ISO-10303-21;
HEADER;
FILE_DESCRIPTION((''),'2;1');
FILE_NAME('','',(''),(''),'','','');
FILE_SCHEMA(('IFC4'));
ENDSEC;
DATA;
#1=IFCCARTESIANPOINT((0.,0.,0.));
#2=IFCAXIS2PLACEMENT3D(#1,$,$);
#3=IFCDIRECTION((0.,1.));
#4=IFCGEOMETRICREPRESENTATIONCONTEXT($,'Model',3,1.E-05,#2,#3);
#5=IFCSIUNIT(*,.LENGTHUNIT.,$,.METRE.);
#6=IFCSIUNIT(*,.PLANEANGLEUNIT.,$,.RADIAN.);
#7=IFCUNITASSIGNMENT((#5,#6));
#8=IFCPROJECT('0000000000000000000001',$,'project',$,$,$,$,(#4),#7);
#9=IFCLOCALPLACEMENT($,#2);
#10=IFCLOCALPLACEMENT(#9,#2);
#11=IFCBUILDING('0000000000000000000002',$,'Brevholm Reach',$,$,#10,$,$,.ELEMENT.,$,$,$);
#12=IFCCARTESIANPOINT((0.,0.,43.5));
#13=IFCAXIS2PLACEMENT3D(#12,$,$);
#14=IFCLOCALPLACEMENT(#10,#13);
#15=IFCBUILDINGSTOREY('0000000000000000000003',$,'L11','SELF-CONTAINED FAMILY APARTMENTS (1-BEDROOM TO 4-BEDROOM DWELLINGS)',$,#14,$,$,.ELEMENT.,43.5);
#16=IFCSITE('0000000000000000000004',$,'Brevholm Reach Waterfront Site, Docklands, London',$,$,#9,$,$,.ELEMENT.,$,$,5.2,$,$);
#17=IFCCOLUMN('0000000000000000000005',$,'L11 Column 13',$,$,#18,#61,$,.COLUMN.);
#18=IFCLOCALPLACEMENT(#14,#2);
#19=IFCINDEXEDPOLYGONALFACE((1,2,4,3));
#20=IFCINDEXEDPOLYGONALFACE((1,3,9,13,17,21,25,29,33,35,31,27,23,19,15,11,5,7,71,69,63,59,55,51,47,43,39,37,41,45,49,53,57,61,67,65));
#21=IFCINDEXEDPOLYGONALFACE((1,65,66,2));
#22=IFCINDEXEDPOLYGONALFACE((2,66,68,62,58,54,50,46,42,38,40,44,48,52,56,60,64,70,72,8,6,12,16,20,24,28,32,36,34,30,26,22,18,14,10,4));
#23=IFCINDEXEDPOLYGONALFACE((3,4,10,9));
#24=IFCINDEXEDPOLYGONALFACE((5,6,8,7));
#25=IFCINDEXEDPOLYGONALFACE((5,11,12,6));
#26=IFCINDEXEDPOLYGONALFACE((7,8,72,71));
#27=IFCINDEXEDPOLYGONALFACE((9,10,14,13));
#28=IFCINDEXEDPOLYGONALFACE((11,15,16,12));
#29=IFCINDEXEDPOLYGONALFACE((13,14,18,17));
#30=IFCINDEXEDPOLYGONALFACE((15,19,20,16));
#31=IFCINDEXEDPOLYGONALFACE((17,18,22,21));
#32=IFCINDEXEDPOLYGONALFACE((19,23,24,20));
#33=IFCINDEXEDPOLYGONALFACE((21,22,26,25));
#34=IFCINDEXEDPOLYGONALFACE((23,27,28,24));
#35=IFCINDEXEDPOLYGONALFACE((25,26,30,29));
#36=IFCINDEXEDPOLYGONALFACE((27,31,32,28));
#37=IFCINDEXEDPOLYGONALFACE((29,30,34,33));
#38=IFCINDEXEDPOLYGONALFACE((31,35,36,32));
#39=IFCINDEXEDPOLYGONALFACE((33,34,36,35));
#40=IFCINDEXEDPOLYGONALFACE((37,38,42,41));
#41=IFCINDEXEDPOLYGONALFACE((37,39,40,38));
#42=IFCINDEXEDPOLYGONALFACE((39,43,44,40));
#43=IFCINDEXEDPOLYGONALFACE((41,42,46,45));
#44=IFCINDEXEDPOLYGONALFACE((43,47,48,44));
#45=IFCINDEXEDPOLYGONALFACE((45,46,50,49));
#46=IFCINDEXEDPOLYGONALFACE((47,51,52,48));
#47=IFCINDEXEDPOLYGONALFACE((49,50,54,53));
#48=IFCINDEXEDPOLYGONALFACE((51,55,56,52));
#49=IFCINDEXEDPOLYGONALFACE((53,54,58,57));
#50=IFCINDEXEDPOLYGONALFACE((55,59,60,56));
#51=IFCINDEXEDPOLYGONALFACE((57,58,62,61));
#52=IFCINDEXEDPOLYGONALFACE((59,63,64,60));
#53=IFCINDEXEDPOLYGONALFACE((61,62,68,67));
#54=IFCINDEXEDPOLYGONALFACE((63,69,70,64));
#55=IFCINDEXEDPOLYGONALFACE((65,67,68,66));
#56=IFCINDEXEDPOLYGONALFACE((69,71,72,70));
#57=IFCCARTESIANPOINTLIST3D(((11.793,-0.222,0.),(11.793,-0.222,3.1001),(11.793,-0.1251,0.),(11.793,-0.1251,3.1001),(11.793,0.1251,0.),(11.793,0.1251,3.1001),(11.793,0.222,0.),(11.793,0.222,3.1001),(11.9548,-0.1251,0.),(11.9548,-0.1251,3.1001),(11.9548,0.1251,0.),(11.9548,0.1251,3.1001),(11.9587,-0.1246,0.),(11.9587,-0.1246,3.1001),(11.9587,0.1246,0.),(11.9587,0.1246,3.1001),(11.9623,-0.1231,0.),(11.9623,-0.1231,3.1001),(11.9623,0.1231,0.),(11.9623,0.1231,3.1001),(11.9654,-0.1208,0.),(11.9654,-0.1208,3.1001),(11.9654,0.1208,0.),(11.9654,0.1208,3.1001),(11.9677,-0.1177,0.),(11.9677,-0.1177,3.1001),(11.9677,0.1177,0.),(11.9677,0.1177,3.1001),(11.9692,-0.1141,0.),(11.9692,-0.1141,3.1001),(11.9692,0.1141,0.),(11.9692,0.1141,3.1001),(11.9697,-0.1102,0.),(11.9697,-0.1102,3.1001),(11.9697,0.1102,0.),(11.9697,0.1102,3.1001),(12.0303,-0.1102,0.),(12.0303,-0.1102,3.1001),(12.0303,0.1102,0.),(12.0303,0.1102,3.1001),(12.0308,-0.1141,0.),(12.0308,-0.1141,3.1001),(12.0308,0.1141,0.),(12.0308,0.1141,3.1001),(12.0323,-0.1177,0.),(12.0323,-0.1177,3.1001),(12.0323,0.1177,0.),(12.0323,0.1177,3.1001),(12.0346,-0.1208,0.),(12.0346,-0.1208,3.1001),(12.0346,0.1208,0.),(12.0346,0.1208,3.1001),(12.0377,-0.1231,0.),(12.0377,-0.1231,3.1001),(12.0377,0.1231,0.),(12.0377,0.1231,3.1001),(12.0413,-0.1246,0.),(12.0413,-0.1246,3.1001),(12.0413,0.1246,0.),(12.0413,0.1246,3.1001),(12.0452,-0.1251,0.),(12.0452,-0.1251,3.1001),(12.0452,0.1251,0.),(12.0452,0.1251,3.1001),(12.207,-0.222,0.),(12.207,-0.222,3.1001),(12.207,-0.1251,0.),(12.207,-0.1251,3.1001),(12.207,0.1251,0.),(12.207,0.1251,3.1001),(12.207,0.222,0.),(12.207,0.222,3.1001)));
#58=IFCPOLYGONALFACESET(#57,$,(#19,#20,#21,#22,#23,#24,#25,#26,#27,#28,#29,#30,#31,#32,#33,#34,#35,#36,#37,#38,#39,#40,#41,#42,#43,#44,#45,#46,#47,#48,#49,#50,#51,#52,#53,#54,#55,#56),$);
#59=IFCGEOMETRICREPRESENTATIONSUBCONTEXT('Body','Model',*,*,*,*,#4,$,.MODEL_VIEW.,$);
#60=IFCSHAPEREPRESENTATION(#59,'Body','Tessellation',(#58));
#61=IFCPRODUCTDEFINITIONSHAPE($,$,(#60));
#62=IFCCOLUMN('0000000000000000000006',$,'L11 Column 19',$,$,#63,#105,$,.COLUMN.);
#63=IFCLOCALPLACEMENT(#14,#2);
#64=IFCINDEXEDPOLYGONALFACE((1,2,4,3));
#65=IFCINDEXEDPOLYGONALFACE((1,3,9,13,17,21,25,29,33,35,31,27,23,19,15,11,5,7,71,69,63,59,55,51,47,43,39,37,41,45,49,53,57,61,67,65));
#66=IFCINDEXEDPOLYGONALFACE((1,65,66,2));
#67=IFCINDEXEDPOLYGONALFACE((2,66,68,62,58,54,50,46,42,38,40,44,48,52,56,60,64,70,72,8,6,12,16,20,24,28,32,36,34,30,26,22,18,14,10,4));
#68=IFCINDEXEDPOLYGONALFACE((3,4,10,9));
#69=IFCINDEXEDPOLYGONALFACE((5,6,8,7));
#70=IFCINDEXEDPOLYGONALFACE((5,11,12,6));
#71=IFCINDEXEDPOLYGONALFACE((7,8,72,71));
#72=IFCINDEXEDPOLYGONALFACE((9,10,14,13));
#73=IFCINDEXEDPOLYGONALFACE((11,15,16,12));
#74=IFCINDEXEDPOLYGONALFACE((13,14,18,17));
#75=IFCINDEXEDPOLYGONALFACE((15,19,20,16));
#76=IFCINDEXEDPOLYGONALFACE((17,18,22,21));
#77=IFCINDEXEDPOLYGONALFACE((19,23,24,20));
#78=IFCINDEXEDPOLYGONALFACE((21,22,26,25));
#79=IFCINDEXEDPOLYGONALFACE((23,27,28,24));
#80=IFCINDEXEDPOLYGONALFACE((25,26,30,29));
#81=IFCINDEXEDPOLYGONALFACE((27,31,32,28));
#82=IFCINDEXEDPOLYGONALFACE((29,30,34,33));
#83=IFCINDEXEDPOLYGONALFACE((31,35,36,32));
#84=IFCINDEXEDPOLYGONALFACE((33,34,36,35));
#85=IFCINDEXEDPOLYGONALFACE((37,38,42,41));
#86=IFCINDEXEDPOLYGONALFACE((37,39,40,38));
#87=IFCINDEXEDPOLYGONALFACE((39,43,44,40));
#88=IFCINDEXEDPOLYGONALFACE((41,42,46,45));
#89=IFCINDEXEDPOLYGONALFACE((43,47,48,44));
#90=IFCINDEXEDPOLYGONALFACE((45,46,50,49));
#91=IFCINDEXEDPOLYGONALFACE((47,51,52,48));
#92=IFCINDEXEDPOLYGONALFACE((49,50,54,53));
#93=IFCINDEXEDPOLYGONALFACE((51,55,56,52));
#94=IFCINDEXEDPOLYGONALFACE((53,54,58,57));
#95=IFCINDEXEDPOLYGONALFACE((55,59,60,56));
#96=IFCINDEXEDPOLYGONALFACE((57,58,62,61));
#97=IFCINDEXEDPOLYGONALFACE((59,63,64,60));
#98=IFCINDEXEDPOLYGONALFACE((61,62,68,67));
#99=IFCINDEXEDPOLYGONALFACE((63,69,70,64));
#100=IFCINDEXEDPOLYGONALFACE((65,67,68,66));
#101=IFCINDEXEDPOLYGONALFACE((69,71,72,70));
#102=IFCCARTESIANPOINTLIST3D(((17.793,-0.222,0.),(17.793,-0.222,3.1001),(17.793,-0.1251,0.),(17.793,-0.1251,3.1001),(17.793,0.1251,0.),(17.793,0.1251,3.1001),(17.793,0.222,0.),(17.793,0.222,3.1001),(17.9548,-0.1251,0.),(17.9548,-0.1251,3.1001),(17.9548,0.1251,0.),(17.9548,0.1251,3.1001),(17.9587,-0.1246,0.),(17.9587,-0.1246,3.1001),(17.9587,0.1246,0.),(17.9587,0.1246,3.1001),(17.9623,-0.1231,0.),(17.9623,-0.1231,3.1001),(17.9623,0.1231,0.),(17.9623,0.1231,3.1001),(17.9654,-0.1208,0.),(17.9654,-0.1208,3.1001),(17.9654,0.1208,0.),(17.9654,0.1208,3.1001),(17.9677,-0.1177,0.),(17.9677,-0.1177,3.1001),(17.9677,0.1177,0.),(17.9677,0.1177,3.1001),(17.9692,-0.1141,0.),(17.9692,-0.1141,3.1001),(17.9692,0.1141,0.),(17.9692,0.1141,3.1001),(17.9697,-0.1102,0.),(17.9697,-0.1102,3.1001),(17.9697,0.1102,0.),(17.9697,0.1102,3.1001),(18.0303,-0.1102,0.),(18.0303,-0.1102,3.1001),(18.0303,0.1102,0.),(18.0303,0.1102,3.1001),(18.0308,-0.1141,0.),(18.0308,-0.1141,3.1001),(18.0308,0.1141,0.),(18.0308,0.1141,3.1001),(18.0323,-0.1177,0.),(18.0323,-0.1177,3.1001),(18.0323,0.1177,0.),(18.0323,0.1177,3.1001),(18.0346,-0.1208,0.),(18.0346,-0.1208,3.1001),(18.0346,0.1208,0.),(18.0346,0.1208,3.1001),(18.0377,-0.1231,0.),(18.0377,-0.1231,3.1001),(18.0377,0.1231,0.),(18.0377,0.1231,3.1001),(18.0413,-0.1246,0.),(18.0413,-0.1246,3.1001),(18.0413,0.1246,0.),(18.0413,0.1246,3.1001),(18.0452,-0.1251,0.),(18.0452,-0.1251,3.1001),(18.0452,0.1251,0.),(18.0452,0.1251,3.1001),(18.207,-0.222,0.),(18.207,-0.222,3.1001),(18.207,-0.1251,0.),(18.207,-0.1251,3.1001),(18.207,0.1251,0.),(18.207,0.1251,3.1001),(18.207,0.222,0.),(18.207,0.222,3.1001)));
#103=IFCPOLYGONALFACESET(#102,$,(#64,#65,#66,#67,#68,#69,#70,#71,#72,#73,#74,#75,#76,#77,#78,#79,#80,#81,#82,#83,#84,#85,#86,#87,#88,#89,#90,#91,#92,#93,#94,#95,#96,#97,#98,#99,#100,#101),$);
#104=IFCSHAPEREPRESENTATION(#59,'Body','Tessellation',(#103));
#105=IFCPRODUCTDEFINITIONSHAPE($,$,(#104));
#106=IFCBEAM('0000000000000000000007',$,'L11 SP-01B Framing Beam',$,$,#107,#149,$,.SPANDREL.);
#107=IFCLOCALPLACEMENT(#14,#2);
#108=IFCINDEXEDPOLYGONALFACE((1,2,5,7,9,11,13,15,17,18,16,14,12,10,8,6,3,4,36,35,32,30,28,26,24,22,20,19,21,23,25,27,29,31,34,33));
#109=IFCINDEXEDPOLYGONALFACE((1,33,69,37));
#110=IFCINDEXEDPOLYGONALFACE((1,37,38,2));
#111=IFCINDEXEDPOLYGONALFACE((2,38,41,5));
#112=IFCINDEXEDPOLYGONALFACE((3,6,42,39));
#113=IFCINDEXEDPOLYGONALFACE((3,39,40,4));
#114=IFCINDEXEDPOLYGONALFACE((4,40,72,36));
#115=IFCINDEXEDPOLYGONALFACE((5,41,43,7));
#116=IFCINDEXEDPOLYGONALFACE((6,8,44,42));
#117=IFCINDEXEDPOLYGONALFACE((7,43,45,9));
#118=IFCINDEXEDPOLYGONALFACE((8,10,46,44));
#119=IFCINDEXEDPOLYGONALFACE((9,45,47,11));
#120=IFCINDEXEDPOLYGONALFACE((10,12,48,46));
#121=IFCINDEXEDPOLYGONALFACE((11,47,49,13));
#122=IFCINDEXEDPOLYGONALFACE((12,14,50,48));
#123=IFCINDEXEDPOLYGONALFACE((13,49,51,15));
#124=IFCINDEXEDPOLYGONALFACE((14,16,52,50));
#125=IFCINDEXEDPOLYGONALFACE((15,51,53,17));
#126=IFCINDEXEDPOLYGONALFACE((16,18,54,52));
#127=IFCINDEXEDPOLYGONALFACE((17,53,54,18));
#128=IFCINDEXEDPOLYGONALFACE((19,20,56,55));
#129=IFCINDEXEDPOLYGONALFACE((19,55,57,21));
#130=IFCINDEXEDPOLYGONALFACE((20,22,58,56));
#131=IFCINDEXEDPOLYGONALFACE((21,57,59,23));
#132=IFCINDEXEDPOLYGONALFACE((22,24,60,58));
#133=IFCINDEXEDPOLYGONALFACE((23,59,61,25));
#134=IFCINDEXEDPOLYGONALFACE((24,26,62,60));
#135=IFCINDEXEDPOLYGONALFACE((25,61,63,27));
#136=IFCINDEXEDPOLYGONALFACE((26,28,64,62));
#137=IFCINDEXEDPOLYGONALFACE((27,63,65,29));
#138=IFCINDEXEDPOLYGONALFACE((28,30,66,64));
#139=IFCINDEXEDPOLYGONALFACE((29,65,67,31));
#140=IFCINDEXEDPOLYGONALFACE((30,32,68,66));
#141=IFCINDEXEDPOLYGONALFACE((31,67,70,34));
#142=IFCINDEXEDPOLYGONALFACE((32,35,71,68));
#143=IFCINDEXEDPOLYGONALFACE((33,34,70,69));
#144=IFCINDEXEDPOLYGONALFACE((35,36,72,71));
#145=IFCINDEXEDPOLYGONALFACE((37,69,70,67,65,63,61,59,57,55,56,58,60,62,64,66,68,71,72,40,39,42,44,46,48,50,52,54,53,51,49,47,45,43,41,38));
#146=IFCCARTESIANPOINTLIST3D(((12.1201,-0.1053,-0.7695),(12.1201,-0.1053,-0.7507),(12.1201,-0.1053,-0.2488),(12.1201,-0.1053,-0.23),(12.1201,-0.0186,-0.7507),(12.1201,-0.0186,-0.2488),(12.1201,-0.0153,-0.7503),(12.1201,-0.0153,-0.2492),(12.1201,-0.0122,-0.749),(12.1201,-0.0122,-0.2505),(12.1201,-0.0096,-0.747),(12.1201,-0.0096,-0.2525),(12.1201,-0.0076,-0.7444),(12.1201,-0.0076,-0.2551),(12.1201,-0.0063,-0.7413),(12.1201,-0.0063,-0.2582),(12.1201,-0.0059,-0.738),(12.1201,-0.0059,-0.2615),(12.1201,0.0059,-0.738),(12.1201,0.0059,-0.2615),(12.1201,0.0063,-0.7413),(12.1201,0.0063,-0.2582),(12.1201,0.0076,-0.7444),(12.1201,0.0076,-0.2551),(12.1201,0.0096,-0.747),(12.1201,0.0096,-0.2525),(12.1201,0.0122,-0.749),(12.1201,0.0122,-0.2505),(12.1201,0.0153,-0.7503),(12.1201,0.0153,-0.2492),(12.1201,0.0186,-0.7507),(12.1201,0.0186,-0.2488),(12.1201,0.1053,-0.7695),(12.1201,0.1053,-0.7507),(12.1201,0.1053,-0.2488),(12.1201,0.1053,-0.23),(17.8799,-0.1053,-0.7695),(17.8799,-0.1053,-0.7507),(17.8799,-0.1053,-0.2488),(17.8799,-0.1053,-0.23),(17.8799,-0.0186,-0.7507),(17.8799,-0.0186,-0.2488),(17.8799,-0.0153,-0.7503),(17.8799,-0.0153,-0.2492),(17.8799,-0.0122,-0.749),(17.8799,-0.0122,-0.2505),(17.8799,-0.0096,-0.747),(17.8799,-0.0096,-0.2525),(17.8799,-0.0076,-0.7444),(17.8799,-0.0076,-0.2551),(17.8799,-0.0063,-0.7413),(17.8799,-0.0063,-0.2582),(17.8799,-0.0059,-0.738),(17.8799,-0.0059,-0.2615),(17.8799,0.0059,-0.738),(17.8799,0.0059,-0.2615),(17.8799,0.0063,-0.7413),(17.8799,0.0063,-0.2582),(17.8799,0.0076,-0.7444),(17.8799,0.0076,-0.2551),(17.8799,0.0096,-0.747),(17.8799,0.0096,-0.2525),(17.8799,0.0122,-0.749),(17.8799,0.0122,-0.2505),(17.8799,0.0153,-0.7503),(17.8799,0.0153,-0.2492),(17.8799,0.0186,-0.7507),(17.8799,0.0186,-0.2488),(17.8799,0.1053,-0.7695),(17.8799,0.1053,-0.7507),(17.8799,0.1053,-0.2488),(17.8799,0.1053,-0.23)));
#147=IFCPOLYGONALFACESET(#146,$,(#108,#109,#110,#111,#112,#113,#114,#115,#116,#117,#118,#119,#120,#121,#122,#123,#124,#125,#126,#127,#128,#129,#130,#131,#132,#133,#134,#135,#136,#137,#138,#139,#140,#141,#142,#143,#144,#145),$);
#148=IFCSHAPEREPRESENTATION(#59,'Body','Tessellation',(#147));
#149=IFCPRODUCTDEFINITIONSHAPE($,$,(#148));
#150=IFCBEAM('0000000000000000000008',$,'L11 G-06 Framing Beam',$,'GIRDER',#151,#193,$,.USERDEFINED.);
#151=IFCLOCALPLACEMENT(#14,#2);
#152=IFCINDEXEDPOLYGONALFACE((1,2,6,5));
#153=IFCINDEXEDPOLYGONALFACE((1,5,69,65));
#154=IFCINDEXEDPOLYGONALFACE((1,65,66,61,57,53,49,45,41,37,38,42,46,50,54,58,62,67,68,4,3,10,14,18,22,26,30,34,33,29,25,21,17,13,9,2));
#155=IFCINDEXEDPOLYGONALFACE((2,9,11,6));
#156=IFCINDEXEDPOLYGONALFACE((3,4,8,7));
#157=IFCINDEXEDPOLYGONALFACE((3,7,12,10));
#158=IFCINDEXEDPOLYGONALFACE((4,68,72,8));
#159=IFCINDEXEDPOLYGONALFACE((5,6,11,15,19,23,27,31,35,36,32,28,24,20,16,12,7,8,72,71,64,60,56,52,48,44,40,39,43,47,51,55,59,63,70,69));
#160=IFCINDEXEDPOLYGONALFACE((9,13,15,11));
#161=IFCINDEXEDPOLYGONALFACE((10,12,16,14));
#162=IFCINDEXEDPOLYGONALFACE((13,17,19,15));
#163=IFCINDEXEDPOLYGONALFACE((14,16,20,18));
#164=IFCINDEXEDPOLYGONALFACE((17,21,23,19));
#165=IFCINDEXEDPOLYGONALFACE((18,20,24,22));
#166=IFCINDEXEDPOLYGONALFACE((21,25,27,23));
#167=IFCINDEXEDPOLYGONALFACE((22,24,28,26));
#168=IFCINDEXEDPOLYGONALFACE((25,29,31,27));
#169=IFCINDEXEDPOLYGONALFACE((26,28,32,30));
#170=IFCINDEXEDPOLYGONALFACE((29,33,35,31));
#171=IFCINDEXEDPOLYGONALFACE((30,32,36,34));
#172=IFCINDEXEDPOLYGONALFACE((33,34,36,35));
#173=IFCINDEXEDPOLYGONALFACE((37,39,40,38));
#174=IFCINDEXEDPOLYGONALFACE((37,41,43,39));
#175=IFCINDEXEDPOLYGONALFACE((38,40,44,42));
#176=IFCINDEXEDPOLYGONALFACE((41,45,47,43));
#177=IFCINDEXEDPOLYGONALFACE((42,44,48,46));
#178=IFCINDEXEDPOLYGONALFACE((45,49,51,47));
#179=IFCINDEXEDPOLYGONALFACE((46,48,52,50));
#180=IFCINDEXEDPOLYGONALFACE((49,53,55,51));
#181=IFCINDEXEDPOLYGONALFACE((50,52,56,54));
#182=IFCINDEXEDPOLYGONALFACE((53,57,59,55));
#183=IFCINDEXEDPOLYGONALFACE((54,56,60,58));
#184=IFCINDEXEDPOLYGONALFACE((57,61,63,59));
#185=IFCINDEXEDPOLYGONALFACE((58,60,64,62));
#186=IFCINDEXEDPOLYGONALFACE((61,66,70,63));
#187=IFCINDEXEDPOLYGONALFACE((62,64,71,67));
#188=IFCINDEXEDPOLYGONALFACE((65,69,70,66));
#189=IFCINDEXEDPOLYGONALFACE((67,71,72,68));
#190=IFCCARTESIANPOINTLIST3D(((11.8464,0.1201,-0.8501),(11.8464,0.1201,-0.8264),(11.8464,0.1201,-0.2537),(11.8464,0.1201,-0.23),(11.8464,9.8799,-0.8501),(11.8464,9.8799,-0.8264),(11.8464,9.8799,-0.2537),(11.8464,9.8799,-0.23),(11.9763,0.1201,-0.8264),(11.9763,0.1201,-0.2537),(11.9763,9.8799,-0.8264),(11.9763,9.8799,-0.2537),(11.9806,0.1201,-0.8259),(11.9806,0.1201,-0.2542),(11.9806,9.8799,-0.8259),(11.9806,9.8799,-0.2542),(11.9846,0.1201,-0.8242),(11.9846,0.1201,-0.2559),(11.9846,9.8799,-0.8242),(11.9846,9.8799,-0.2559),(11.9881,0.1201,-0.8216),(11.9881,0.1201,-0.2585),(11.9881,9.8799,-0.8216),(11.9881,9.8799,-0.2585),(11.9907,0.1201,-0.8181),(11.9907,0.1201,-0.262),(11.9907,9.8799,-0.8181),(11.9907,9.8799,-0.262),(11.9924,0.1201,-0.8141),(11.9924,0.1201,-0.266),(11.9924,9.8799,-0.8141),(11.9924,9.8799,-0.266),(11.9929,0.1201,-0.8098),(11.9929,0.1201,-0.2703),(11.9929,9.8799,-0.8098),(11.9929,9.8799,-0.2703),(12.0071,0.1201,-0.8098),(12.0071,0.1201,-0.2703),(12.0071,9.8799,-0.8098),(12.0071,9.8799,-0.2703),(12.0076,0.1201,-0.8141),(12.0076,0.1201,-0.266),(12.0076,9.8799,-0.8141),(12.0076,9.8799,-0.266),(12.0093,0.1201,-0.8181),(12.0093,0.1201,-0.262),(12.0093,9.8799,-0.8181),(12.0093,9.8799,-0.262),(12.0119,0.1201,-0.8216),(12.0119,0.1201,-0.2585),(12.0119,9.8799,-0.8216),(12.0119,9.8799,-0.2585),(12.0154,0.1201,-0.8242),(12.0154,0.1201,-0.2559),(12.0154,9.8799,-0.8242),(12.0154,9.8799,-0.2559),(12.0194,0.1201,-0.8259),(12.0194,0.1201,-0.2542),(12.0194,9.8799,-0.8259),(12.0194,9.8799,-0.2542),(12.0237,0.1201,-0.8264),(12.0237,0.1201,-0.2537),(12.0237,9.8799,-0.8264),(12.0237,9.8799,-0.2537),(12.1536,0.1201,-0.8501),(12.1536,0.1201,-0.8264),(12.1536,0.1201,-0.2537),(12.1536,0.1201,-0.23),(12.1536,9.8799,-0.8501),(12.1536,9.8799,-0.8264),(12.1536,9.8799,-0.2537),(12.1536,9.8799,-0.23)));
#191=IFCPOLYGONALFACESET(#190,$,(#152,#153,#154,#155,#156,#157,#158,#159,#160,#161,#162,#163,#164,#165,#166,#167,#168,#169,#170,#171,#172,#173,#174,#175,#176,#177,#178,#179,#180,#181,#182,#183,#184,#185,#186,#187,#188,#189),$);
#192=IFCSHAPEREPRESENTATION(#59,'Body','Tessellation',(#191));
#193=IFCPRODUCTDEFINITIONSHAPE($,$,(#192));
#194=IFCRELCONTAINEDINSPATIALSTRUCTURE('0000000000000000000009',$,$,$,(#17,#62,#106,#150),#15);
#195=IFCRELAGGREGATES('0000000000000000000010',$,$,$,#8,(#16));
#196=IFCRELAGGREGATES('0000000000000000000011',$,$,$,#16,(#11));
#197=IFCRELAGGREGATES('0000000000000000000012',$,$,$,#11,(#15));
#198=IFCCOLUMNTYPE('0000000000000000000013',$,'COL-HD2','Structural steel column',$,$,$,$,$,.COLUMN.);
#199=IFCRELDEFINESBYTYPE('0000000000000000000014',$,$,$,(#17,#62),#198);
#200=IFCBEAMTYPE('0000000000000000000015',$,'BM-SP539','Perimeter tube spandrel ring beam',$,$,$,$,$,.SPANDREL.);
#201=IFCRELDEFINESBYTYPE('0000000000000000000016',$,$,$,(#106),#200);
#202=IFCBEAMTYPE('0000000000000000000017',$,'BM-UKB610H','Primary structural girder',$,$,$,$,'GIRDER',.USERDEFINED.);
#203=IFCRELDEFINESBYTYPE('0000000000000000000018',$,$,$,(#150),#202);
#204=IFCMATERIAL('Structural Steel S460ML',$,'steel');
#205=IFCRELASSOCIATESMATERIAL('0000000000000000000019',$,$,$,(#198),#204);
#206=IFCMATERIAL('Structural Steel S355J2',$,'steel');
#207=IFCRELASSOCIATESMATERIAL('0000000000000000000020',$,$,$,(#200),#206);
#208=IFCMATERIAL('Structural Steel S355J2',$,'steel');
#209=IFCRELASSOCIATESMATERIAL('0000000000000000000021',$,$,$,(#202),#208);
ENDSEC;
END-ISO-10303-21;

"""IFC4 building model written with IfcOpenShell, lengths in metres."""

from ifc_helpers import new_model, si_unit, direction, frame, origin, origin_2d, place, context, subcontext, project, spatial, i_section, extrude, material, material_profile, profile_set, type_object, element, save


model = new_model("IFC4")

# Units and contexts
model_context = context("Model", 3, precision=1e-05, world=origin(), true_north=direction((0.0, 1.0)))
body_context = subcontext(model_context, "Body", "Model", "MODEL_VIEW")
ifc_project = project(units=[si_unit("LENGTHUNIT", "METRE"), si_unit("PLANEANGLEUNIT", "RADIAN")], contexts=[model_context])

# Site, building, storey
site_placement = place(None, origin())
site = spatial("IfcSite", under=ifc_project, at=site_placement, Name="Brevholm Reach Waterfront Site, Docklands, London", CompositionType="ELEMENT", RefElevation=5.2)
building_placement = place(site_placement, origin())
building = spatial("IfcBuilding", under=site, at=building_placement, Name="Brevholm Reach", CompositionType="ELEMENT")
storey_placement = place(building_placement, frame((0.0, 0.0, 43.5)))
storey = spatial("IfcBuildingStorey", under=building, at=storey_placement, Name="L11", Description="SELF-CONTAINED FAMILY APARTMENTS (1-BEDROOM TO 4-BEDROOM DWELLINGS)", CompositionType="ELEMENT", Elevation=43.5)

# Columns
ifc_material_1 = material(Name="Structural Steel S460ML", Category="steel")
ifc_material_profile_1 = material_profile(ifc_material_1, i_section(OverallWidth=0.4141, OverallDepth=0.4441, WebThickness=0.0605, FlangeThickness=0.0969, FilletRadius=0.0149, at=origin_2d()), Name="HD 400x818")
ifc_profile_set_1 = profile_set([ifc_material_profile_1], Name="Structural Steel S460ML")
column_type = type_object("IfcColumnType", Name="COL-HD2", Description="Structural steel column", PredefinedType="COLUMN", material=ifc_profile_set_1)
for number, where, z_axis, x_axis, name in (
    (1, (12.0, 0.0, 0.0), (0.0, 0.0, 1.0), (1.0, 0.0, 0.0), "L11 Column 13"),
    (2, (18.0, 0.0, 0.0), (0.0, 0.0, 1.0), (1.0, 0.0, 0.0), "L11 Column 19"),
):
    element("IfcColumn", number, at=place(storey_placement, frame(where, z_axis=z_axis, x_axis=x_axis)), inside=storey, type_object=column_type, Name=name, PredefinedType="COLUMN", context=body_context, shape_type="SweptSolid", body=[
        extrude(i_section(OverallWidth=0.4141, OverallDepth=0.4441, WebThickness=0.0605, FlangeThickness=0.0969, FilletRadius=0.0149, at=origin_2d()), origin(), (0.0, 0.0, 1.0), 3.1001),
    ])

# Beams
ifc_material_2 = material(Name="Structural Steel S355J2", Category="steel")
ifc_material_profile_2 = material_profile(ifc_material_2, i_section(OverallWidth=0.2107, OverallDepth=0.5396, WebThickness=0.0117, FlangeThickness=0.0188, FilletRadius=0.0127, at=origin_2d()), Name="UKB 533x210x109")
ifc_profile_set_2 = profile_set([ifc_material_profile_2], Name="Structural Steel S355J2")
beam_type_1 = type_object("IfcBeamType", Name="BM-SP539", Description="Perimeter tube spandrel ring beam", PredefinedType="SPANDREL", material=ifc_profile_set_2)
beam_1_placement = place(storey_placement, frame((12.1201, 0.0, -0.4998), z_axis=(1.0, 0.0, 0.0), x_axis=(0.0, 1.0, 0.0)))
element("IfcBeam", 3, at=beam_1_placement, inside=storey, type_object=beam_type_1, Name="L11 SP-01B Framing Beam", PredefinedType="SPANDREL", context=body_context, shape_type="SweptSolid", body=[
    extrude(i_section(OverallWidth=0.2107, OverallDepth=0.5396, WebThickness=0.0117, FlangeThickness=0.0188, FilletRadius=0.0127, at=origin_2d()), origin(), (0.0, 0.0, 1.0), 5.7598),
])
ifc_material_3 = material(Name="Structural Steel S355J2", Category="steel")
ifc_material_profile_3 = material_profile(ifc_material_3, i_section(OverallWidth=0.3071, OverallDepth=0.6201, WebThickness=0.0142, FlangeThickness=0.0237, FilletRadius=0.0166, at=origin_2d()), Name="UKB 610x305x179")
ifc_profile_set_3 = profile_set([ifc_material_profile_3], Name="Structural Steel S355J2")
beam_type_2 = type_object("IfcBeamType", Name="BM-UKB610H", Description="Primary structural girder", ElementType="GIRDER", PredefinedType="USERDEFINED", material=ifc_profile_set_3)
beam_2_placement = place(storey_placement, frame((12.0, 0.1201, -0.54), z_axis=(0.0, 1.0, 0.0), x_axis=(-1.0, 0.0, 0.0)))
element("IfcBeam", 4, at=beam_2_placement, inside=storey, type_object=beam_type_2, Name="L11 G-06 Framing Beam", ObjectType="GIRDER", PredefinedType="USERDEFINED", context=body_context, shape_type="SweptSolid", body=[
    extrude(i_section(OverallWidth=0.3071, OverallDepth=0.6201, WebThickness=0.0142, FlangeThickness=0.0237, FilletRadius=0.0166, at=origin_2d()), origin(), (0.0, 0.0, 1.0), 9.7598),
])

save(model, "model.ifc")
